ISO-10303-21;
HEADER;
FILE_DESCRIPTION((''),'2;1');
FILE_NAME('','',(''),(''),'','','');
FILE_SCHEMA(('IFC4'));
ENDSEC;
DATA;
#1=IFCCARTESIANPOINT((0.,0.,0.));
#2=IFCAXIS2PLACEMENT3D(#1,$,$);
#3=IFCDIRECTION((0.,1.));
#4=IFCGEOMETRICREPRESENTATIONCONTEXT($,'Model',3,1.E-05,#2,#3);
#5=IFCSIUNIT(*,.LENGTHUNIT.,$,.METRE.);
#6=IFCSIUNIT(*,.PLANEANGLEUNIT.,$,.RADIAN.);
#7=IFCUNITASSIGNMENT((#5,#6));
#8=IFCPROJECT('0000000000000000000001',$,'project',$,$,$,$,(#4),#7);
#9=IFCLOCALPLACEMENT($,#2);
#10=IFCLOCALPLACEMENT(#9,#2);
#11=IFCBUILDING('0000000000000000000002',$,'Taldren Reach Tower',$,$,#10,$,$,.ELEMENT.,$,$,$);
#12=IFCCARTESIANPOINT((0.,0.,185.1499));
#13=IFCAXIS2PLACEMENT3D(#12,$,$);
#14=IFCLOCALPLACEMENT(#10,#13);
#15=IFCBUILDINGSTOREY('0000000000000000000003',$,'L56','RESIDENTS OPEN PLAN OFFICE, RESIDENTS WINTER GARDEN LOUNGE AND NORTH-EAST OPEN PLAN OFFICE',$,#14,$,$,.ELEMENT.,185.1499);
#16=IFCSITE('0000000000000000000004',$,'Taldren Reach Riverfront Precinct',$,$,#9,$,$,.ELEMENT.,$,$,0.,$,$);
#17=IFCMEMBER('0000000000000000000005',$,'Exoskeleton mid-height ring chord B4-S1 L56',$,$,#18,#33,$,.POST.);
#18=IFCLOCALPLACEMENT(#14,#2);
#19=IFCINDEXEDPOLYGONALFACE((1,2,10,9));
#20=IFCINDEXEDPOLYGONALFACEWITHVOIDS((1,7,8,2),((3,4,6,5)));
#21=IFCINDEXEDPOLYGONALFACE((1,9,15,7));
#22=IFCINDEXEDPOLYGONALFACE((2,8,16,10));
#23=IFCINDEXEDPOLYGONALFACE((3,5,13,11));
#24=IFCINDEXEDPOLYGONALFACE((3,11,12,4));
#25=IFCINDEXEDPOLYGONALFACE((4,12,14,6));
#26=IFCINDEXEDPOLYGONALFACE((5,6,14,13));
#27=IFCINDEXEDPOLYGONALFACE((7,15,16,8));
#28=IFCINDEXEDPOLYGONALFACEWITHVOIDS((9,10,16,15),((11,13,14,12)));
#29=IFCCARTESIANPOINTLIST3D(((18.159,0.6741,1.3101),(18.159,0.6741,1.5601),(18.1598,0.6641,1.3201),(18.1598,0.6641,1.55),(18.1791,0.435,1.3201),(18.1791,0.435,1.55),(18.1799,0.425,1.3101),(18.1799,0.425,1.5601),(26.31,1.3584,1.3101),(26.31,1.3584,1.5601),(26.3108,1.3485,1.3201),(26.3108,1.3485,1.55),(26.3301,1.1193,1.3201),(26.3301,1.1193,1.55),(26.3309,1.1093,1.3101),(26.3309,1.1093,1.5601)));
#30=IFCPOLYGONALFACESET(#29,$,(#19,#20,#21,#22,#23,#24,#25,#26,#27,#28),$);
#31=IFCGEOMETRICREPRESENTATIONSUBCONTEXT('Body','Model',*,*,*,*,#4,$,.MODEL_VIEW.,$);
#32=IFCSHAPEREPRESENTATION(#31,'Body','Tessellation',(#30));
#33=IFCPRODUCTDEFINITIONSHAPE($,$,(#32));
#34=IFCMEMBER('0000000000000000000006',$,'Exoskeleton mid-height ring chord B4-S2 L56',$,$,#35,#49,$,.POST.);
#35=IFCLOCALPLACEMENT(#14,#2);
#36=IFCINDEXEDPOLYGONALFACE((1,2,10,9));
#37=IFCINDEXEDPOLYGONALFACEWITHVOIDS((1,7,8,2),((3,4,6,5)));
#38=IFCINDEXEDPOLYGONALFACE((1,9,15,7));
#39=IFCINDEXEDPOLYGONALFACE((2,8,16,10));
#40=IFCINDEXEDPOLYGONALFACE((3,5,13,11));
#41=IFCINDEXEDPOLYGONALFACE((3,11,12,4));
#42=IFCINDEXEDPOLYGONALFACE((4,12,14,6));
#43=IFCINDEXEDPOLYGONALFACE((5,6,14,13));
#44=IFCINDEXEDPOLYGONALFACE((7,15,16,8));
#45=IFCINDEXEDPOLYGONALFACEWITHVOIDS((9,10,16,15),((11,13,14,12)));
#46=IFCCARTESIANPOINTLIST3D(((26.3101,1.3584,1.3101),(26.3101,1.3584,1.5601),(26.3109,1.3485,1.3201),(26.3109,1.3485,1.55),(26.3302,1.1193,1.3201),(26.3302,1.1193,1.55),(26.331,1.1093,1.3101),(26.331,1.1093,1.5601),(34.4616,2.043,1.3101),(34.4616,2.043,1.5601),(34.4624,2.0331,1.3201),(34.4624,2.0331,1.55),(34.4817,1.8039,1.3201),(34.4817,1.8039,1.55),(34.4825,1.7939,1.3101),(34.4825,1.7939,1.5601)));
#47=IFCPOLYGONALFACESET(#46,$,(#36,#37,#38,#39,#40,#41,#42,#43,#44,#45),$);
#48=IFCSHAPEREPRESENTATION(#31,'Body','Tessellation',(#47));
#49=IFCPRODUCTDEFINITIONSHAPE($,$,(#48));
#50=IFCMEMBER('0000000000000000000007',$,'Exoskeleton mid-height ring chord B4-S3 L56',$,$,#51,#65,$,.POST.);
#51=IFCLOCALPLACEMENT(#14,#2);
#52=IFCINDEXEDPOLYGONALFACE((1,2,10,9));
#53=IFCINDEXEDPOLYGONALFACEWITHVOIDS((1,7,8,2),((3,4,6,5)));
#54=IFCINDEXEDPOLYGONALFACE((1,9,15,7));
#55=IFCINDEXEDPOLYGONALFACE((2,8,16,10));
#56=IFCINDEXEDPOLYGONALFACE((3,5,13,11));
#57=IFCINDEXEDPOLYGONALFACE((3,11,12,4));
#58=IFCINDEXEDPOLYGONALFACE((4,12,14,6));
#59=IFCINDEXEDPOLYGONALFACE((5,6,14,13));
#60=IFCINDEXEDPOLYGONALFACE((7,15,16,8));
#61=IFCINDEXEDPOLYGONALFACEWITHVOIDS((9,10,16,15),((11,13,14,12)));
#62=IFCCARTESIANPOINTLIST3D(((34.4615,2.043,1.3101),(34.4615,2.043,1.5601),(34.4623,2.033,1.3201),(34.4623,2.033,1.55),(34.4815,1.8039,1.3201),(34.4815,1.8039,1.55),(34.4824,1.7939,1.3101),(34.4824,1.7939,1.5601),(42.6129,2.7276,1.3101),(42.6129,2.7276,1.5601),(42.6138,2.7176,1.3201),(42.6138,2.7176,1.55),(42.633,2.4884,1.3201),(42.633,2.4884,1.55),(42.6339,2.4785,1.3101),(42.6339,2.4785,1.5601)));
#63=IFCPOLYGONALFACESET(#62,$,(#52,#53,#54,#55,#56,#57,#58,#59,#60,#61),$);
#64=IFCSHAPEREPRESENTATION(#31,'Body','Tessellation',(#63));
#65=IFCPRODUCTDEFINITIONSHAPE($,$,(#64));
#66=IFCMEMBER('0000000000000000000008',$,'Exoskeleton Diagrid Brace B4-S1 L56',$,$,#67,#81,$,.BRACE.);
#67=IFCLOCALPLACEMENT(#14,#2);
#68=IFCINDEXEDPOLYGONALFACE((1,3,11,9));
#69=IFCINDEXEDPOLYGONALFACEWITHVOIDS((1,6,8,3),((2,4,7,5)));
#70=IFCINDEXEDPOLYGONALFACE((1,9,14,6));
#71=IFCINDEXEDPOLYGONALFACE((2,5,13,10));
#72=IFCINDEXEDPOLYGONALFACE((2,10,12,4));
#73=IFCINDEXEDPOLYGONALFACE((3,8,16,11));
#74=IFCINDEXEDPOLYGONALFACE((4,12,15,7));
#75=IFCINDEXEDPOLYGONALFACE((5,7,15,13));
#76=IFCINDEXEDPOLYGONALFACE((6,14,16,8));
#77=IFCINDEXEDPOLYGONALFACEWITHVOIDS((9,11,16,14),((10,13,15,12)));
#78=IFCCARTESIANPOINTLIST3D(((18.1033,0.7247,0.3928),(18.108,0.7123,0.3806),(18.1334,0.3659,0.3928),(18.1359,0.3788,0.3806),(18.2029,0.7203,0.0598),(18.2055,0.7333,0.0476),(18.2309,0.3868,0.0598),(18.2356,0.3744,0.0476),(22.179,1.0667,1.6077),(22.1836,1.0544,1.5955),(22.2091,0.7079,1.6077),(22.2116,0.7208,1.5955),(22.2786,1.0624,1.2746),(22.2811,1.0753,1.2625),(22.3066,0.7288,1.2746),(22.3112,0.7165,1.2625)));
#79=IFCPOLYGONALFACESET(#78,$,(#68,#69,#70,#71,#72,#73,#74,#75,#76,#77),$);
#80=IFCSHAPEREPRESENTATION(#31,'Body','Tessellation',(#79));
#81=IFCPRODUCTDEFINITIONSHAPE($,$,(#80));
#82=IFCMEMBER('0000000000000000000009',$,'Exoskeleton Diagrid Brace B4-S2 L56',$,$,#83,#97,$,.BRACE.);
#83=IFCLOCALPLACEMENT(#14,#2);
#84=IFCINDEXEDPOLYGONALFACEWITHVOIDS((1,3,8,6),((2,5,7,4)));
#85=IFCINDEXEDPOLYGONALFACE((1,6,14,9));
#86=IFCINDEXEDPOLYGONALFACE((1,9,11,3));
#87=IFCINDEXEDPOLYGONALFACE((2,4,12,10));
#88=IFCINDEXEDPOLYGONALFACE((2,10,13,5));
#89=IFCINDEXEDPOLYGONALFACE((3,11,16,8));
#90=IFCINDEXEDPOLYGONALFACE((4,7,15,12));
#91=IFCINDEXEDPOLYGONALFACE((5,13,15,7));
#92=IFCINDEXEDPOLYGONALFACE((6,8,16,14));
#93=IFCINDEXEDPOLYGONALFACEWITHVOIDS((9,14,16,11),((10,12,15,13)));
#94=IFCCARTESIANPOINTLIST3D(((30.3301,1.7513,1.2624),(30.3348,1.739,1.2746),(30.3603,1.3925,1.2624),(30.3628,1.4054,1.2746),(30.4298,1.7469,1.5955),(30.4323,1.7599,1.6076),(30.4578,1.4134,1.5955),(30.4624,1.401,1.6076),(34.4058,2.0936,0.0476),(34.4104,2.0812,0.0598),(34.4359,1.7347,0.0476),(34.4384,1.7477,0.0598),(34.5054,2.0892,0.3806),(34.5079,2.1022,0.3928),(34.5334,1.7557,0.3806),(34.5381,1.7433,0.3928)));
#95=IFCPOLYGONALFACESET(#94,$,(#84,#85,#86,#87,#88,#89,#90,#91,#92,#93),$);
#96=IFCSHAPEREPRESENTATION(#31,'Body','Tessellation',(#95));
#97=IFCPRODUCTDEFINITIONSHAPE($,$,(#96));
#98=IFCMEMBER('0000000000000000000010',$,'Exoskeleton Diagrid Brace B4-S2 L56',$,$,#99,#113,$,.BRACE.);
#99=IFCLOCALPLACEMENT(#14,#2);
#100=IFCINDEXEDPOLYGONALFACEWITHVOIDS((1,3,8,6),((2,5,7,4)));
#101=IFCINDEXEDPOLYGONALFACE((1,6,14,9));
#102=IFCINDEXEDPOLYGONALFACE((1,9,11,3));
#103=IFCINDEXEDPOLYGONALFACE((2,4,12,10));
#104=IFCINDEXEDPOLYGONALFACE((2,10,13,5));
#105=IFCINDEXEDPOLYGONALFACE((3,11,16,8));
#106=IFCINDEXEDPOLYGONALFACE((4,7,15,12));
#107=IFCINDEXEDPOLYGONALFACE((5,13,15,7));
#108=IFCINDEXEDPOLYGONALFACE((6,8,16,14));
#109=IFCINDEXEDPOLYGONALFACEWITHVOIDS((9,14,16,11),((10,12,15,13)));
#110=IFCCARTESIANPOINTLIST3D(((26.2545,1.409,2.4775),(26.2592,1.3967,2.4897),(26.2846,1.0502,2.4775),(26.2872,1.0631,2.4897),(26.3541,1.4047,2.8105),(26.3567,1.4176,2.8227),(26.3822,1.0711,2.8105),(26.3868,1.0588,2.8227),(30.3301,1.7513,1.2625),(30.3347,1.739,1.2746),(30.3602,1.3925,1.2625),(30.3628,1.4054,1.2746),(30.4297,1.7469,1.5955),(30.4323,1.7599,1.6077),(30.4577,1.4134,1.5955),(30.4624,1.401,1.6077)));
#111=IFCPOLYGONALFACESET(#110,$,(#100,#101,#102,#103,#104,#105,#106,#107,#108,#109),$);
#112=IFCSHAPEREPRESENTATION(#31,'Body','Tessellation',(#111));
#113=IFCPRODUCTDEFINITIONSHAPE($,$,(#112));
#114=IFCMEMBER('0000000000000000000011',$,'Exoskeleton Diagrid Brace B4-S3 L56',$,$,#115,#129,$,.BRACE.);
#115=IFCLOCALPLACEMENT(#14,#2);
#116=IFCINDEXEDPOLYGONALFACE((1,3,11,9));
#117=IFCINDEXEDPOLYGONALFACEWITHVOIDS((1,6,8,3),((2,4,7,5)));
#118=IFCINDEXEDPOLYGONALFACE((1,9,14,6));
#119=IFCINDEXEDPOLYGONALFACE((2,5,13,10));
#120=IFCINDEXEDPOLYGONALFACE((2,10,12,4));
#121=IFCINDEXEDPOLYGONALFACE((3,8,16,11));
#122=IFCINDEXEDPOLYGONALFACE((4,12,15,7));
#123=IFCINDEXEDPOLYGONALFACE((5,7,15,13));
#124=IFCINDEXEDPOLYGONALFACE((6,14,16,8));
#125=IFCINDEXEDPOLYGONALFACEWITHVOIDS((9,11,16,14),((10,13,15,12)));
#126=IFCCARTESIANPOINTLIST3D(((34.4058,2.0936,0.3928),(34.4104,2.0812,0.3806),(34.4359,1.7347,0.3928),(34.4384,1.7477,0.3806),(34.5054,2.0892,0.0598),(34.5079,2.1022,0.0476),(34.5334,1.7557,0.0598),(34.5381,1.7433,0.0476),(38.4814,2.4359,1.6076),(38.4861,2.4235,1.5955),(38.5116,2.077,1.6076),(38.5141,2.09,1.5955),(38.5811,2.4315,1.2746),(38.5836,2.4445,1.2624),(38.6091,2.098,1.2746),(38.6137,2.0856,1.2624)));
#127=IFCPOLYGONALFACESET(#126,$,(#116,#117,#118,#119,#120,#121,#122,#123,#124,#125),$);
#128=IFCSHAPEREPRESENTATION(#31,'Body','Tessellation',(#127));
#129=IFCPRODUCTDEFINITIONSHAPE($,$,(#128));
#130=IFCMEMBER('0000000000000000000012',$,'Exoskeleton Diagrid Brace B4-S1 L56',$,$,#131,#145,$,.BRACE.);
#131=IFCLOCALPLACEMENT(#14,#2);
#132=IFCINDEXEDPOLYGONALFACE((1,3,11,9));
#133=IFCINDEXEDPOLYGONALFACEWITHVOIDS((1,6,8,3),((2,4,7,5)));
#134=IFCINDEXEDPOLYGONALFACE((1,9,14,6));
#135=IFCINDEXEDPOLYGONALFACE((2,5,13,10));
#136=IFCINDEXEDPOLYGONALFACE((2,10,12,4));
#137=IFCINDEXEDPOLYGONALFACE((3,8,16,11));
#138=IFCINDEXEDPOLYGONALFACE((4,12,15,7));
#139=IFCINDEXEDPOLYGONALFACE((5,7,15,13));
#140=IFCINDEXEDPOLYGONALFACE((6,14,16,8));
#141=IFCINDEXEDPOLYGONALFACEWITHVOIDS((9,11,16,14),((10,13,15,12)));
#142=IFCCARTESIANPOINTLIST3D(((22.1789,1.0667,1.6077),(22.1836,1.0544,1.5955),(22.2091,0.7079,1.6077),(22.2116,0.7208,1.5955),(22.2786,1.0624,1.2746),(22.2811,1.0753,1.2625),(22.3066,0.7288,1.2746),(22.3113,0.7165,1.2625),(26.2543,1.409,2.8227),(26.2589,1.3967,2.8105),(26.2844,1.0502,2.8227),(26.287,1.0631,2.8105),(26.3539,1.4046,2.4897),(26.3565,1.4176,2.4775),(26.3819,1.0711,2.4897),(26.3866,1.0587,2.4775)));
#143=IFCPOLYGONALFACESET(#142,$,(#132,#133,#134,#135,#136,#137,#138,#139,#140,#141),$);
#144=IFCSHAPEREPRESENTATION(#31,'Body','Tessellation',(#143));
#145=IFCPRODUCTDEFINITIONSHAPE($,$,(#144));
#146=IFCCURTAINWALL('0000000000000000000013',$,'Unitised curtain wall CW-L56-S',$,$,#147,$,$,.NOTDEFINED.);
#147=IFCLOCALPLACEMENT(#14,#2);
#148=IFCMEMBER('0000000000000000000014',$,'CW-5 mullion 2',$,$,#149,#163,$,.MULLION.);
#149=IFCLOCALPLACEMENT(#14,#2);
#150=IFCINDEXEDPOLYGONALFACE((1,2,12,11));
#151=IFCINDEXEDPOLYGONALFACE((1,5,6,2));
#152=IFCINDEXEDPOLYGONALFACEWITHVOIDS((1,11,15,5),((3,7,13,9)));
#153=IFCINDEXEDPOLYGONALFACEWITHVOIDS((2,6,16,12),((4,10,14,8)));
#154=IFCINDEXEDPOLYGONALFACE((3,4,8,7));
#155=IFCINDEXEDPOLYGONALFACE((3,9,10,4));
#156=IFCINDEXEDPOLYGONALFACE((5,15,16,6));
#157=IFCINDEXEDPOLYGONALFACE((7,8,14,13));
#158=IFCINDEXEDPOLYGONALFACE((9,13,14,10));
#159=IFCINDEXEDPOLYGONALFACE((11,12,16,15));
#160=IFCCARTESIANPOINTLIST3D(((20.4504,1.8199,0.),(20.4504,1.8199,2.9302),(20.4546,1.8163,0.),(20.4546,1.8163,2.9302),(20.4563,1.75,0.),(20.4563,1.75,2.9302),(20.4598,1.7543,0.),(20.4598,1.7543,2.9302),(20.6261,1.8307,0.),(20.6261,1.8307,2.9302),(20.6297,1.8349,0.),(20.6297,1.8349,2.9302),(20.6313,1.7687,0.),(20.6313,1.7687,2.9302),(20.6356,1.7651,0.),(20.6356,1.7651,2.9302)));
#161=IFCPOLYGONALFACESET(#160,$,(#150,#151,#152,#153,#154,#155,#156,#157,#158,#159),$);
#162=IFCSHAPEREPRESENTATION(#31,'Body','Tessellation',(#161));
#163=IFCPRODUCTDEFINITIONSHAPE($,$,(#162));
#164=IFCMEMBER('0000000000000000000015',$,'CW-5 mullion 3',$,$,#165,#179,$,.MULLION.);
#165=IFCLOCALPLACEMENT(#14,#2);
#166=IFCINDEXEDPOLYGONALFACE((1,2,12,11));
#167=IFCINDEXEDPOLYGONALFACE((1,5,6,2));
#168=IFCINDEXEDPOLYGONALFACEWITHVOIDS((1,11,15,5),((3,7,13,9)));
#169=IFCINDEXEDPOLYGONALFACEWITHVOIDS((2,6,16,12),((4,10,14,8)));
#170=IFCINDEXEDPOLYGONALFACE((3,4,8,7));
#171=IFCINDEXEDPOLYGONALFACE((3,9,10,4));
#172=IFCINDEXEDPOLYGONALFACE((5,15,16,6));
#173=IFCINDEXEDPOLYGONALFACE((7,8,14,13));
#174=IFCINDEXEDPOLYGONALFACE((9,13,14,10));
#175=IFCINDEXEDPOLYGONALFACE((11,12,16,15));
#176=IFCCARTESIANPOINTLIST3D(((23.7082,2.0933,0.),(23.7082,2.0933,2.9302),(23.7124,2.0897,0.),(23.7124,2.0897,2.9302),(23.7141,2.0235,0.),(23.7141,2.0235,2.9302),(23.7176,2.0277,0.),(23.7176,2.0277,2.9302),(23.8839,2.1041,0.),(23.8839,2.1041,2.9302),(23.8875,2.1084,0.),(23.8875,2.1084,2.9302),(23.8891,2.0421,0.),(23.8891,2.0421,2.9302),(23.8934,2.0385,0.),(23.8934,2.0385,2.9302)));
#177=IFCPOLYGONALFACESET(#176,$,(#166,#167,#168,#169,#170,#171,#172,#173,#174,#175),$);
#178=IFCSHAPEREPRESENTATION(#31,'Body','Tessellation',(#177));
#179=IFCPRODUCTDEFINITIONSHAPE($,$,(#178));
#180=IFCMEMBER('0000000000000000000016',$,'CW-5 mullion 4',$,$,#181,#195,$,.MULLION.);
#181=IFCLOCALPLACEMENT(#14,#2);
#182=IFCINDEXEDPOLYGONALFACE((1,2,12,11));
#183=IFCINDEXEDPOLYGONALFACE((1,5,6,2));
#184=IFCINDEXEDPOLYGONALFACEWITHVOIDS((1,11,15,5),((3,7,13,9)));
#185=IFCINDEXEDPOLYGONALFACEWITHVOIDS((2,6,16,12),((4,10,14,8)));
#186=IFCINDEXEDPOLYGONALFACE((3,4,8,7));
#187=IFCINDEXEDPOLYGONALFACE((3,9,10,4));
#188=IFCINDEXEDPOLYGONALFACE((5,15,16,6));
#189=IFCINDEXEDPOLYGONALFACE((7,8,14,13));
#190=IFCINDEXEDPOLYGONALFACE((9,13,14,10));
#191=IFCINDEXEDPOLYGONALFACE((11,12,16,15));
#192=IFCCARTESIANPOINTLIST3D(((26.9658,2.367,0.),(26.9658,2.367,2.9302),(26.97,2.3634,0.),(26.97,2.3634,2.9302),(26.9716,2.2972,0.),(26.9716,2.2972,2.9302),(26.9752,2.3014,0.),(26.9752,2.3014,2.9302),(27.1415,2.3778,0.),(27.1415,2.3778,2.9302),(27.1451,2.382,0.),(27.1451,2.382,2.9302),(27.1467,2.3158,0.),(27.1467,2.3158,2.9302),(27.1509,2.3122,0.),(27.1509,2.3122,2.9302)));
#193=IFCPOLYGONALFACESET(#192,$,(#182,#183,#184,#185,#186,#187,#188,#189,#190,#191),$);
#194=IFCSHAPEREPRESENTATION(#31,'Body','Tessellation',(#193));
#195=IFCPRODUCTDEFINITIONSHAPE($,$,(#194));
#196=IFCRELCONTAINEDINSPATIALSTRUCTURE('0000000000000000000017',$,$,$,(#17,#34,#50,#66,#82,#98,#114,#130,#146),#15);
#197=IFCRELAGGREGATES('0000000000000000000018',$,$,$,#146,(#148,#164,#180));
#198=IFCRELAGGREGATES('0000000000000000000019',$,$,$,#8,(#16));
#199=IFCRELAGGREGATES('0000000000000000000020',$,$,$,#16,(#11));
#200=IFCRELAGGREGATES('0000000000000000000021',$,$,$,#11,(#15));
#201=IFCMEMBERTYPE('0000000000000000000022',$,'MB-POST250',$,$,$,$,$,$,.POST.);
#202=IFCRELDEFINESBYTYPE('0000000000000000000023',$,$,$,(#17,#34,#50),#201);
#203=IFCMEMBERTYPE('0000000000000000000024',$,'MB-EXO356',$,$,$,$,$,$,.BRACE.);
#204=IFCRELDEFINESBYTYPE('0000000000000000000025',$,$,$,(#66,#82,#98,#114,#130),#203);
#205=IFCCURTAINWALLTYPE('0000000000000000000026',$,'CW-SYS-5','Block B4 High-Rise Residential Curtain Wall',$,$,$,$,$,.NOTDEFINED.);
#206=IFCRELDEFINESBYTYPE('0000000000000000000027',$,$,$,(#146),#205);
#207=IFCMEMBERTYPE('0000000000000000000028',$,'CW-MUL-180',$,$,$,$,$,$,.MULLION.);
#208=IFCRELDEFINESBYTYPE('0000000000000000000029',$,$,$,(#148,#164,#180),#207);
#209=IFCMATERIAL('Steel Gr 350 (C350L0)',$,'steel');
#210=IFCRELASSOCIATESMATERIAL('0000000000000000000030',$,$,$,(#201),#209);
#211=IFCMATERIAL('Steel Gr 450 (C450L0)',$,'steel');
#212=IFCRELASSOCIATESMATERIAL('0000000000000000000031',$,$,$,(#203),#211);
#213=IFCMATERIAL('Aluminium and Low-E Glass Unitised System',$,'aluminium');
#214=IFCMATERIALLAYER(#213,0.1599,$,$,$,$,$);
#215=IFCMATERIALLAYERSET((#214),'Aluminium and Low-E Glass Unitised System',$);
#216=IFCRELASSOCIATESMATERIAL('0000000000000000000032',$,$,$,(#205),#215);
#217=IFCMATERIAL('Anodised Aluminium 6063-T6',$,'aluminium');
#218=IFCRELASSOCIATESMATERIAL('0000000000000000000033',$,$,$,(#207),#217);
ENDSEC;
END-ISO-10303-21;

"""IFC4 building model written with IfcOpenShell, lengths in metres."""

from ifc_helpers import new_model, si_unit, direction, frame, origin, origin_2d, place, context, subcontext, project, spatial, hollow_rectangle, extrude, source, transform, mapped, material, layer, layer_set, material_profile, profile_set, type_object, element, aggregate, save


model = new_model("IFC4")

# Units and contexts
model_context = context("Model", 3, precision=1e-05, world=origin(), true_north=direction((0.0, 1.0)))
body_context = subcontext(model_context, "Body", "Model", "MODEL_VIEW")
ifc_project = project(units=[si_unit("LENGTHUNIT", "METRE"), si_unit("PLANEANGLEUNIT", "RADIAN")], contexts=[model_context])

# Site, building, storey
site_placement = place(None, origin())
site = spatial("IfcSite", under=ifc_project, at=site_placement, Name="Taldren Reach Riverfront Precinct", CompositionType="ELEMENT", RefElevation=0.0)
building_placement = place(site_placement, origin())
building = spatial("IfcBuilding", under=site, at=building_placement, Name="Taldren Reach Tower", CompositionType="ELEMENT")
storey_placement = place(building_placement, frame((0.0, 0.0, 185.1499)))
storey = spatial("IfcBuildingStorey", under=building, at=storey_placement, Name="L56", Description="RESIDENTS OPEN PLAN OFFICE, RESIDENTS WINTER GARDEN LOUNGE AND NORTH-EAST OPEN PLAN OFFICE", CompositionType="ELEMENT", Elevation=185.1499)

# Members
ifc_material_1 = material(Name="Steel Gr 350 (C350L0)", Category="steel")
ifc_material_profile_1 = material_profile(ifc_material_1, hollow_rectangle(XDim=0.25, YDim=0.25, WallThickness=0.01, at=origin_2d()), Name="250x250x10.0SHS")
ifc_profile_set_1 = profile_set([ifc_material_profile_1], Name="Steel Gr 350 (C350L0)")
member_type_1 = type_object("IfcMemberType", Name="MB-POST250", PredefinedType="POST", material=ifc_profile_set_1)
shared_shape_1 = source(origin(), body_context, "Body", "SweptSolid", [
    extrude(hollow_rectangle(XDim=0.25, YDim=0.25, WallThickness=0.01, at=origin_2d()), origin(), (0.0, 0.0, 1.0), 8.1797),
])
member_1_placement = place(storey_placement, frame((18.1694, 0.5496, 1.4351), z_axis=(0.996494, 0.083661, 0.0), x_axis=(-0.083661, 0.996494, 0.0)))
element("IfcMember", 1, at=member_1_placement, inside=storey, type_object=member_type_1, Name="Exoskeleton mid-height ring chord B4-S1 L56", PredefinedType="POST", context=body_context, shape_type="MappedRepresentation", body=[
    mapped(shared_shape_1, transform((0.0, 0.0, 0.0), scale=1.0)),
])
shared_shape_2 = source(origin(), body_context, "Body", "SweptSolid", [
    extrude(hollow_rectangle(XDim=0.25, YDim=0.25, WallThickness=0.01, at=origin_2d()), origin(), (0.0, 0.0, 1.0), 8.1802),
])
for number, where, z_axis, x_axis, name in (
    (2, (26.3206, 1.2339, 1.4351), (0.996492, 0.083688, 0.0), (-0.083688, 0.996492, 0.0), "Exoskeleton mid-height ring chord B4-S2 L56"),
    (3, (34.4719, 1.9185, 1.4351), (0.996492, 0.083688, 0.0), (-0.083688, 0.996492, 0.0), "Exoskeleton mid-height ring chord B4-S3 L56"),
):
    element("IfcMember", number, at=place(storey_placement, frame(where, z_axis=z_axis, x_axis=x_axis)), inside=storey, type_object=member_type_1, Name=name, PredefinedType="POST", context=body_context, shape_type="MappedRepresentation", body=[
        mapped(shared_shape_2, transform((0.0, 0.0, 0.0), scale=1.0)),
    ])
ifc_material_2 = material(Name="Steel Gr 450 (C450L0)", Category="steel")
ifc_material_profile_2 = material_profile(ifc_material_2, hollow_rectangle(XDim=0.3601, YDim=0.3601, WallThickness=0.0127, at=origin_2d()), Name="360x360x12.7SHS")
ifc_profile_set_2 = profile_set([ifc_material_profile_2], Name="Steel Gr 450 (C450L0)")
member_type_2 = type_object("IfcMemberType", Name="MB-EXO356", PredefinedType="BRACE", material=ifc_profile_set_2)
shared_shape_3 = source(origin(), body_context, "Body", "SweptSolid", [
    extrude(hollow_rectangle(XDim=0.3601, YDim=0.3601, WallThickness=0.0127, at=origin_2d()), origin(), (0.0, 0.0, 1.0), 4.2666),
])
for number, where, z_axis, x_axis, name in (
    (4, (18.1694, 0.5496, 0.2202), (0.955249, 0.080167, 0.284732), (-0.083628, 0.996497, 0.0), "Exoskeleton Diagrid Brace B4-S1 L56"),
    (5, (34.4719, 1.9185, 0.2202), (-0.955245, -0.080224, 0.284731), (0.083688, -0.996492, 0.0), "Exoskeleton Diagrid Brace B4-S2 L56"),
    (6, (30.3962, 1.5762, 1.4351), (-0.955229, -0.080222, 0.284783), (0.083688, -0.996492, 0.0), "Exoskeleton Diagrid Brace B4-S2 L56"),
    (7, (34.4719, 1.9185, 0.2202), (0.955245, 0.080224, 0.284731), (-0.083688, 0.996492, 0.0), "Exoskeleton Diagrid Brace B4-S3 L56"),
):
    element("IfcMember", number, at=place(storey_placement, frame(where, z_axis=z_axis, x_axis=x_axis)), inside=storey, type_object=member_type_2, Name=name, PredefinedType="BRACE", context=body_context, shape_type="MappedRepresentation", body=[
        mapped(shared_shape_3, transform((0.0, 0.0, 0.0), scale=1.0)),
    ])
shared_shape_4 = source(origin(), body_context, "Body", "SweptSolid", [
    extrude(hollow_rectangle(XDim=0.3601, YDim=0.3601, WallThickness=0.0127, at=origin_2d()), origin(), (0.0, 0.0, 1.0), 4.2664),
])
member_2_placement = place(storey_placement, frame((22.2451, 0.8916, 1.4351), z_axis=(0.955224, 0.080227, 0.284799), x_axis=(-0.083693, 0.996492, 0.0)))
element("IfcMember", 8, at=member_2_placement, inside=storey, type_object=member_type_2, Name="Exoskeleton Diagrid Brace B4-S1 L56", PredefinedType="BRACE", context=body_context, shape_type="MappedRepresentation", body=[
    mapped(shared_shape_4, transform((0.0, 0.0, 0.0), scale=1.0)),
])

# Curtain wall, members
ifc_material_3 = material(Name="Aluminium and Low-E Glass Unitised System", Category="aluminium")
ifc_layer_1 = layer(ifc_material_3, 0.1599)
ifc_layer_set_1 = layer_set([ifc_layer_1], Name="Aluminium and Low-E Glass Unitised System")
curtain_wall_type = type_object("IfcCurtainWallType", Name="CW-SYS-5", Description="Block B4 High-Rise Residential Curtain Wall", PredefinedType="NOTDEFINED", material=ifc_layer_set_1)
curtain_wall_placement = place(storey_placement, origin())
curtain_wall = element("IfcCurtainWall", 9, at=curtain_wall_placement, inside=storey, type_object=curtain_wall_type, Name="Unitised curtain wall CW-L56-S", PredefinedType="NOTDEFINED")
ifc_material_4 = material(Name="Anodised Aluminium 6063-T6", Category="aluminium")
ifc_material_profile_3 = material_profile(ifc_material_4, hollow_rectangle(XDim=0.0701, YDim=0.1799, WallThickness=0.0039, at=origin_2d()), Name="ALU-180x70x4RHS")
ifc_profile_set_3 = profile_set([ifc_material_profile_3], Name="Anodised Aluminium 6063-T6")
member_type_3 = type_object("IfcMemberType", Name="CW-MUL-180", PredefinedType="MULLION", material=ifc_profile_set_3)
shared_shape_5 = source(origin(), body_context, "Body", "SweptSolid", [
    extrude(hollow_rectangle(XDim=0.0701, YDim=0.1799, WallThickness=0.0039, at=origin_2d()), origin(), (0.0, 0.0, 1.0), 2.9302),
])
member_3_placement = place(storey_placement, frame((20.543, 1.7925, 0.0), z_axis=(0.0, 0.0, 1.0), x_axis=(-0.083678, 0.996493, 0.0)))
member_3 = element("IfcMember", 10, at=member_3_placement, type_object=member_type_3, Name="CW-5 mullion 2", PredefinedType="MULLION", context=body_context, shape_type="MappedRepresentation", body=[
    mapped(shared_shape_5, transform((0.0, 0.0, 0.0), scale=1.0)),
])
member_4_placement = place(storey_placement, frame((23.8008, 2.0659, 0.0), z_axis=(0.0, 0.0, 1.0), x_axis=(-0.083678, 0.996493, 0.0)))
member_4 = element("IfcMember", 11, at=member_4_placement, type_object=member_type_3, Name="CW-5 mullion 3", PredefinedType="MULLION", context=body_context, shape_type="MappedRepresentation", body=[
    mapped(shared_shape_5, transform((0.0, 0.0, 0.0), scale=1.0)),
])
member_5_placement = place(storey_placement, frame((27.0583, 2.3396, 0.0), z_axis=(0.0, 0.0, 1.0), x_axis=(-0.083678, 0.996493, 0.0)))
member_5 = element("IfcMember", 12, at=member_5_placement, type_object=member_type_3, Name="CW-5 mullion 4", PredefinedType="MULLION", context=body_context, shape_type="MappedRepresentation", body=[
    mapped(shared_shape_5, transform((0.0, 0.0, 0.0), scale=1.0)),
])

aggregate(curtain_wall, [member_3, member_4, member_5])

save(model, "model.ifc")
